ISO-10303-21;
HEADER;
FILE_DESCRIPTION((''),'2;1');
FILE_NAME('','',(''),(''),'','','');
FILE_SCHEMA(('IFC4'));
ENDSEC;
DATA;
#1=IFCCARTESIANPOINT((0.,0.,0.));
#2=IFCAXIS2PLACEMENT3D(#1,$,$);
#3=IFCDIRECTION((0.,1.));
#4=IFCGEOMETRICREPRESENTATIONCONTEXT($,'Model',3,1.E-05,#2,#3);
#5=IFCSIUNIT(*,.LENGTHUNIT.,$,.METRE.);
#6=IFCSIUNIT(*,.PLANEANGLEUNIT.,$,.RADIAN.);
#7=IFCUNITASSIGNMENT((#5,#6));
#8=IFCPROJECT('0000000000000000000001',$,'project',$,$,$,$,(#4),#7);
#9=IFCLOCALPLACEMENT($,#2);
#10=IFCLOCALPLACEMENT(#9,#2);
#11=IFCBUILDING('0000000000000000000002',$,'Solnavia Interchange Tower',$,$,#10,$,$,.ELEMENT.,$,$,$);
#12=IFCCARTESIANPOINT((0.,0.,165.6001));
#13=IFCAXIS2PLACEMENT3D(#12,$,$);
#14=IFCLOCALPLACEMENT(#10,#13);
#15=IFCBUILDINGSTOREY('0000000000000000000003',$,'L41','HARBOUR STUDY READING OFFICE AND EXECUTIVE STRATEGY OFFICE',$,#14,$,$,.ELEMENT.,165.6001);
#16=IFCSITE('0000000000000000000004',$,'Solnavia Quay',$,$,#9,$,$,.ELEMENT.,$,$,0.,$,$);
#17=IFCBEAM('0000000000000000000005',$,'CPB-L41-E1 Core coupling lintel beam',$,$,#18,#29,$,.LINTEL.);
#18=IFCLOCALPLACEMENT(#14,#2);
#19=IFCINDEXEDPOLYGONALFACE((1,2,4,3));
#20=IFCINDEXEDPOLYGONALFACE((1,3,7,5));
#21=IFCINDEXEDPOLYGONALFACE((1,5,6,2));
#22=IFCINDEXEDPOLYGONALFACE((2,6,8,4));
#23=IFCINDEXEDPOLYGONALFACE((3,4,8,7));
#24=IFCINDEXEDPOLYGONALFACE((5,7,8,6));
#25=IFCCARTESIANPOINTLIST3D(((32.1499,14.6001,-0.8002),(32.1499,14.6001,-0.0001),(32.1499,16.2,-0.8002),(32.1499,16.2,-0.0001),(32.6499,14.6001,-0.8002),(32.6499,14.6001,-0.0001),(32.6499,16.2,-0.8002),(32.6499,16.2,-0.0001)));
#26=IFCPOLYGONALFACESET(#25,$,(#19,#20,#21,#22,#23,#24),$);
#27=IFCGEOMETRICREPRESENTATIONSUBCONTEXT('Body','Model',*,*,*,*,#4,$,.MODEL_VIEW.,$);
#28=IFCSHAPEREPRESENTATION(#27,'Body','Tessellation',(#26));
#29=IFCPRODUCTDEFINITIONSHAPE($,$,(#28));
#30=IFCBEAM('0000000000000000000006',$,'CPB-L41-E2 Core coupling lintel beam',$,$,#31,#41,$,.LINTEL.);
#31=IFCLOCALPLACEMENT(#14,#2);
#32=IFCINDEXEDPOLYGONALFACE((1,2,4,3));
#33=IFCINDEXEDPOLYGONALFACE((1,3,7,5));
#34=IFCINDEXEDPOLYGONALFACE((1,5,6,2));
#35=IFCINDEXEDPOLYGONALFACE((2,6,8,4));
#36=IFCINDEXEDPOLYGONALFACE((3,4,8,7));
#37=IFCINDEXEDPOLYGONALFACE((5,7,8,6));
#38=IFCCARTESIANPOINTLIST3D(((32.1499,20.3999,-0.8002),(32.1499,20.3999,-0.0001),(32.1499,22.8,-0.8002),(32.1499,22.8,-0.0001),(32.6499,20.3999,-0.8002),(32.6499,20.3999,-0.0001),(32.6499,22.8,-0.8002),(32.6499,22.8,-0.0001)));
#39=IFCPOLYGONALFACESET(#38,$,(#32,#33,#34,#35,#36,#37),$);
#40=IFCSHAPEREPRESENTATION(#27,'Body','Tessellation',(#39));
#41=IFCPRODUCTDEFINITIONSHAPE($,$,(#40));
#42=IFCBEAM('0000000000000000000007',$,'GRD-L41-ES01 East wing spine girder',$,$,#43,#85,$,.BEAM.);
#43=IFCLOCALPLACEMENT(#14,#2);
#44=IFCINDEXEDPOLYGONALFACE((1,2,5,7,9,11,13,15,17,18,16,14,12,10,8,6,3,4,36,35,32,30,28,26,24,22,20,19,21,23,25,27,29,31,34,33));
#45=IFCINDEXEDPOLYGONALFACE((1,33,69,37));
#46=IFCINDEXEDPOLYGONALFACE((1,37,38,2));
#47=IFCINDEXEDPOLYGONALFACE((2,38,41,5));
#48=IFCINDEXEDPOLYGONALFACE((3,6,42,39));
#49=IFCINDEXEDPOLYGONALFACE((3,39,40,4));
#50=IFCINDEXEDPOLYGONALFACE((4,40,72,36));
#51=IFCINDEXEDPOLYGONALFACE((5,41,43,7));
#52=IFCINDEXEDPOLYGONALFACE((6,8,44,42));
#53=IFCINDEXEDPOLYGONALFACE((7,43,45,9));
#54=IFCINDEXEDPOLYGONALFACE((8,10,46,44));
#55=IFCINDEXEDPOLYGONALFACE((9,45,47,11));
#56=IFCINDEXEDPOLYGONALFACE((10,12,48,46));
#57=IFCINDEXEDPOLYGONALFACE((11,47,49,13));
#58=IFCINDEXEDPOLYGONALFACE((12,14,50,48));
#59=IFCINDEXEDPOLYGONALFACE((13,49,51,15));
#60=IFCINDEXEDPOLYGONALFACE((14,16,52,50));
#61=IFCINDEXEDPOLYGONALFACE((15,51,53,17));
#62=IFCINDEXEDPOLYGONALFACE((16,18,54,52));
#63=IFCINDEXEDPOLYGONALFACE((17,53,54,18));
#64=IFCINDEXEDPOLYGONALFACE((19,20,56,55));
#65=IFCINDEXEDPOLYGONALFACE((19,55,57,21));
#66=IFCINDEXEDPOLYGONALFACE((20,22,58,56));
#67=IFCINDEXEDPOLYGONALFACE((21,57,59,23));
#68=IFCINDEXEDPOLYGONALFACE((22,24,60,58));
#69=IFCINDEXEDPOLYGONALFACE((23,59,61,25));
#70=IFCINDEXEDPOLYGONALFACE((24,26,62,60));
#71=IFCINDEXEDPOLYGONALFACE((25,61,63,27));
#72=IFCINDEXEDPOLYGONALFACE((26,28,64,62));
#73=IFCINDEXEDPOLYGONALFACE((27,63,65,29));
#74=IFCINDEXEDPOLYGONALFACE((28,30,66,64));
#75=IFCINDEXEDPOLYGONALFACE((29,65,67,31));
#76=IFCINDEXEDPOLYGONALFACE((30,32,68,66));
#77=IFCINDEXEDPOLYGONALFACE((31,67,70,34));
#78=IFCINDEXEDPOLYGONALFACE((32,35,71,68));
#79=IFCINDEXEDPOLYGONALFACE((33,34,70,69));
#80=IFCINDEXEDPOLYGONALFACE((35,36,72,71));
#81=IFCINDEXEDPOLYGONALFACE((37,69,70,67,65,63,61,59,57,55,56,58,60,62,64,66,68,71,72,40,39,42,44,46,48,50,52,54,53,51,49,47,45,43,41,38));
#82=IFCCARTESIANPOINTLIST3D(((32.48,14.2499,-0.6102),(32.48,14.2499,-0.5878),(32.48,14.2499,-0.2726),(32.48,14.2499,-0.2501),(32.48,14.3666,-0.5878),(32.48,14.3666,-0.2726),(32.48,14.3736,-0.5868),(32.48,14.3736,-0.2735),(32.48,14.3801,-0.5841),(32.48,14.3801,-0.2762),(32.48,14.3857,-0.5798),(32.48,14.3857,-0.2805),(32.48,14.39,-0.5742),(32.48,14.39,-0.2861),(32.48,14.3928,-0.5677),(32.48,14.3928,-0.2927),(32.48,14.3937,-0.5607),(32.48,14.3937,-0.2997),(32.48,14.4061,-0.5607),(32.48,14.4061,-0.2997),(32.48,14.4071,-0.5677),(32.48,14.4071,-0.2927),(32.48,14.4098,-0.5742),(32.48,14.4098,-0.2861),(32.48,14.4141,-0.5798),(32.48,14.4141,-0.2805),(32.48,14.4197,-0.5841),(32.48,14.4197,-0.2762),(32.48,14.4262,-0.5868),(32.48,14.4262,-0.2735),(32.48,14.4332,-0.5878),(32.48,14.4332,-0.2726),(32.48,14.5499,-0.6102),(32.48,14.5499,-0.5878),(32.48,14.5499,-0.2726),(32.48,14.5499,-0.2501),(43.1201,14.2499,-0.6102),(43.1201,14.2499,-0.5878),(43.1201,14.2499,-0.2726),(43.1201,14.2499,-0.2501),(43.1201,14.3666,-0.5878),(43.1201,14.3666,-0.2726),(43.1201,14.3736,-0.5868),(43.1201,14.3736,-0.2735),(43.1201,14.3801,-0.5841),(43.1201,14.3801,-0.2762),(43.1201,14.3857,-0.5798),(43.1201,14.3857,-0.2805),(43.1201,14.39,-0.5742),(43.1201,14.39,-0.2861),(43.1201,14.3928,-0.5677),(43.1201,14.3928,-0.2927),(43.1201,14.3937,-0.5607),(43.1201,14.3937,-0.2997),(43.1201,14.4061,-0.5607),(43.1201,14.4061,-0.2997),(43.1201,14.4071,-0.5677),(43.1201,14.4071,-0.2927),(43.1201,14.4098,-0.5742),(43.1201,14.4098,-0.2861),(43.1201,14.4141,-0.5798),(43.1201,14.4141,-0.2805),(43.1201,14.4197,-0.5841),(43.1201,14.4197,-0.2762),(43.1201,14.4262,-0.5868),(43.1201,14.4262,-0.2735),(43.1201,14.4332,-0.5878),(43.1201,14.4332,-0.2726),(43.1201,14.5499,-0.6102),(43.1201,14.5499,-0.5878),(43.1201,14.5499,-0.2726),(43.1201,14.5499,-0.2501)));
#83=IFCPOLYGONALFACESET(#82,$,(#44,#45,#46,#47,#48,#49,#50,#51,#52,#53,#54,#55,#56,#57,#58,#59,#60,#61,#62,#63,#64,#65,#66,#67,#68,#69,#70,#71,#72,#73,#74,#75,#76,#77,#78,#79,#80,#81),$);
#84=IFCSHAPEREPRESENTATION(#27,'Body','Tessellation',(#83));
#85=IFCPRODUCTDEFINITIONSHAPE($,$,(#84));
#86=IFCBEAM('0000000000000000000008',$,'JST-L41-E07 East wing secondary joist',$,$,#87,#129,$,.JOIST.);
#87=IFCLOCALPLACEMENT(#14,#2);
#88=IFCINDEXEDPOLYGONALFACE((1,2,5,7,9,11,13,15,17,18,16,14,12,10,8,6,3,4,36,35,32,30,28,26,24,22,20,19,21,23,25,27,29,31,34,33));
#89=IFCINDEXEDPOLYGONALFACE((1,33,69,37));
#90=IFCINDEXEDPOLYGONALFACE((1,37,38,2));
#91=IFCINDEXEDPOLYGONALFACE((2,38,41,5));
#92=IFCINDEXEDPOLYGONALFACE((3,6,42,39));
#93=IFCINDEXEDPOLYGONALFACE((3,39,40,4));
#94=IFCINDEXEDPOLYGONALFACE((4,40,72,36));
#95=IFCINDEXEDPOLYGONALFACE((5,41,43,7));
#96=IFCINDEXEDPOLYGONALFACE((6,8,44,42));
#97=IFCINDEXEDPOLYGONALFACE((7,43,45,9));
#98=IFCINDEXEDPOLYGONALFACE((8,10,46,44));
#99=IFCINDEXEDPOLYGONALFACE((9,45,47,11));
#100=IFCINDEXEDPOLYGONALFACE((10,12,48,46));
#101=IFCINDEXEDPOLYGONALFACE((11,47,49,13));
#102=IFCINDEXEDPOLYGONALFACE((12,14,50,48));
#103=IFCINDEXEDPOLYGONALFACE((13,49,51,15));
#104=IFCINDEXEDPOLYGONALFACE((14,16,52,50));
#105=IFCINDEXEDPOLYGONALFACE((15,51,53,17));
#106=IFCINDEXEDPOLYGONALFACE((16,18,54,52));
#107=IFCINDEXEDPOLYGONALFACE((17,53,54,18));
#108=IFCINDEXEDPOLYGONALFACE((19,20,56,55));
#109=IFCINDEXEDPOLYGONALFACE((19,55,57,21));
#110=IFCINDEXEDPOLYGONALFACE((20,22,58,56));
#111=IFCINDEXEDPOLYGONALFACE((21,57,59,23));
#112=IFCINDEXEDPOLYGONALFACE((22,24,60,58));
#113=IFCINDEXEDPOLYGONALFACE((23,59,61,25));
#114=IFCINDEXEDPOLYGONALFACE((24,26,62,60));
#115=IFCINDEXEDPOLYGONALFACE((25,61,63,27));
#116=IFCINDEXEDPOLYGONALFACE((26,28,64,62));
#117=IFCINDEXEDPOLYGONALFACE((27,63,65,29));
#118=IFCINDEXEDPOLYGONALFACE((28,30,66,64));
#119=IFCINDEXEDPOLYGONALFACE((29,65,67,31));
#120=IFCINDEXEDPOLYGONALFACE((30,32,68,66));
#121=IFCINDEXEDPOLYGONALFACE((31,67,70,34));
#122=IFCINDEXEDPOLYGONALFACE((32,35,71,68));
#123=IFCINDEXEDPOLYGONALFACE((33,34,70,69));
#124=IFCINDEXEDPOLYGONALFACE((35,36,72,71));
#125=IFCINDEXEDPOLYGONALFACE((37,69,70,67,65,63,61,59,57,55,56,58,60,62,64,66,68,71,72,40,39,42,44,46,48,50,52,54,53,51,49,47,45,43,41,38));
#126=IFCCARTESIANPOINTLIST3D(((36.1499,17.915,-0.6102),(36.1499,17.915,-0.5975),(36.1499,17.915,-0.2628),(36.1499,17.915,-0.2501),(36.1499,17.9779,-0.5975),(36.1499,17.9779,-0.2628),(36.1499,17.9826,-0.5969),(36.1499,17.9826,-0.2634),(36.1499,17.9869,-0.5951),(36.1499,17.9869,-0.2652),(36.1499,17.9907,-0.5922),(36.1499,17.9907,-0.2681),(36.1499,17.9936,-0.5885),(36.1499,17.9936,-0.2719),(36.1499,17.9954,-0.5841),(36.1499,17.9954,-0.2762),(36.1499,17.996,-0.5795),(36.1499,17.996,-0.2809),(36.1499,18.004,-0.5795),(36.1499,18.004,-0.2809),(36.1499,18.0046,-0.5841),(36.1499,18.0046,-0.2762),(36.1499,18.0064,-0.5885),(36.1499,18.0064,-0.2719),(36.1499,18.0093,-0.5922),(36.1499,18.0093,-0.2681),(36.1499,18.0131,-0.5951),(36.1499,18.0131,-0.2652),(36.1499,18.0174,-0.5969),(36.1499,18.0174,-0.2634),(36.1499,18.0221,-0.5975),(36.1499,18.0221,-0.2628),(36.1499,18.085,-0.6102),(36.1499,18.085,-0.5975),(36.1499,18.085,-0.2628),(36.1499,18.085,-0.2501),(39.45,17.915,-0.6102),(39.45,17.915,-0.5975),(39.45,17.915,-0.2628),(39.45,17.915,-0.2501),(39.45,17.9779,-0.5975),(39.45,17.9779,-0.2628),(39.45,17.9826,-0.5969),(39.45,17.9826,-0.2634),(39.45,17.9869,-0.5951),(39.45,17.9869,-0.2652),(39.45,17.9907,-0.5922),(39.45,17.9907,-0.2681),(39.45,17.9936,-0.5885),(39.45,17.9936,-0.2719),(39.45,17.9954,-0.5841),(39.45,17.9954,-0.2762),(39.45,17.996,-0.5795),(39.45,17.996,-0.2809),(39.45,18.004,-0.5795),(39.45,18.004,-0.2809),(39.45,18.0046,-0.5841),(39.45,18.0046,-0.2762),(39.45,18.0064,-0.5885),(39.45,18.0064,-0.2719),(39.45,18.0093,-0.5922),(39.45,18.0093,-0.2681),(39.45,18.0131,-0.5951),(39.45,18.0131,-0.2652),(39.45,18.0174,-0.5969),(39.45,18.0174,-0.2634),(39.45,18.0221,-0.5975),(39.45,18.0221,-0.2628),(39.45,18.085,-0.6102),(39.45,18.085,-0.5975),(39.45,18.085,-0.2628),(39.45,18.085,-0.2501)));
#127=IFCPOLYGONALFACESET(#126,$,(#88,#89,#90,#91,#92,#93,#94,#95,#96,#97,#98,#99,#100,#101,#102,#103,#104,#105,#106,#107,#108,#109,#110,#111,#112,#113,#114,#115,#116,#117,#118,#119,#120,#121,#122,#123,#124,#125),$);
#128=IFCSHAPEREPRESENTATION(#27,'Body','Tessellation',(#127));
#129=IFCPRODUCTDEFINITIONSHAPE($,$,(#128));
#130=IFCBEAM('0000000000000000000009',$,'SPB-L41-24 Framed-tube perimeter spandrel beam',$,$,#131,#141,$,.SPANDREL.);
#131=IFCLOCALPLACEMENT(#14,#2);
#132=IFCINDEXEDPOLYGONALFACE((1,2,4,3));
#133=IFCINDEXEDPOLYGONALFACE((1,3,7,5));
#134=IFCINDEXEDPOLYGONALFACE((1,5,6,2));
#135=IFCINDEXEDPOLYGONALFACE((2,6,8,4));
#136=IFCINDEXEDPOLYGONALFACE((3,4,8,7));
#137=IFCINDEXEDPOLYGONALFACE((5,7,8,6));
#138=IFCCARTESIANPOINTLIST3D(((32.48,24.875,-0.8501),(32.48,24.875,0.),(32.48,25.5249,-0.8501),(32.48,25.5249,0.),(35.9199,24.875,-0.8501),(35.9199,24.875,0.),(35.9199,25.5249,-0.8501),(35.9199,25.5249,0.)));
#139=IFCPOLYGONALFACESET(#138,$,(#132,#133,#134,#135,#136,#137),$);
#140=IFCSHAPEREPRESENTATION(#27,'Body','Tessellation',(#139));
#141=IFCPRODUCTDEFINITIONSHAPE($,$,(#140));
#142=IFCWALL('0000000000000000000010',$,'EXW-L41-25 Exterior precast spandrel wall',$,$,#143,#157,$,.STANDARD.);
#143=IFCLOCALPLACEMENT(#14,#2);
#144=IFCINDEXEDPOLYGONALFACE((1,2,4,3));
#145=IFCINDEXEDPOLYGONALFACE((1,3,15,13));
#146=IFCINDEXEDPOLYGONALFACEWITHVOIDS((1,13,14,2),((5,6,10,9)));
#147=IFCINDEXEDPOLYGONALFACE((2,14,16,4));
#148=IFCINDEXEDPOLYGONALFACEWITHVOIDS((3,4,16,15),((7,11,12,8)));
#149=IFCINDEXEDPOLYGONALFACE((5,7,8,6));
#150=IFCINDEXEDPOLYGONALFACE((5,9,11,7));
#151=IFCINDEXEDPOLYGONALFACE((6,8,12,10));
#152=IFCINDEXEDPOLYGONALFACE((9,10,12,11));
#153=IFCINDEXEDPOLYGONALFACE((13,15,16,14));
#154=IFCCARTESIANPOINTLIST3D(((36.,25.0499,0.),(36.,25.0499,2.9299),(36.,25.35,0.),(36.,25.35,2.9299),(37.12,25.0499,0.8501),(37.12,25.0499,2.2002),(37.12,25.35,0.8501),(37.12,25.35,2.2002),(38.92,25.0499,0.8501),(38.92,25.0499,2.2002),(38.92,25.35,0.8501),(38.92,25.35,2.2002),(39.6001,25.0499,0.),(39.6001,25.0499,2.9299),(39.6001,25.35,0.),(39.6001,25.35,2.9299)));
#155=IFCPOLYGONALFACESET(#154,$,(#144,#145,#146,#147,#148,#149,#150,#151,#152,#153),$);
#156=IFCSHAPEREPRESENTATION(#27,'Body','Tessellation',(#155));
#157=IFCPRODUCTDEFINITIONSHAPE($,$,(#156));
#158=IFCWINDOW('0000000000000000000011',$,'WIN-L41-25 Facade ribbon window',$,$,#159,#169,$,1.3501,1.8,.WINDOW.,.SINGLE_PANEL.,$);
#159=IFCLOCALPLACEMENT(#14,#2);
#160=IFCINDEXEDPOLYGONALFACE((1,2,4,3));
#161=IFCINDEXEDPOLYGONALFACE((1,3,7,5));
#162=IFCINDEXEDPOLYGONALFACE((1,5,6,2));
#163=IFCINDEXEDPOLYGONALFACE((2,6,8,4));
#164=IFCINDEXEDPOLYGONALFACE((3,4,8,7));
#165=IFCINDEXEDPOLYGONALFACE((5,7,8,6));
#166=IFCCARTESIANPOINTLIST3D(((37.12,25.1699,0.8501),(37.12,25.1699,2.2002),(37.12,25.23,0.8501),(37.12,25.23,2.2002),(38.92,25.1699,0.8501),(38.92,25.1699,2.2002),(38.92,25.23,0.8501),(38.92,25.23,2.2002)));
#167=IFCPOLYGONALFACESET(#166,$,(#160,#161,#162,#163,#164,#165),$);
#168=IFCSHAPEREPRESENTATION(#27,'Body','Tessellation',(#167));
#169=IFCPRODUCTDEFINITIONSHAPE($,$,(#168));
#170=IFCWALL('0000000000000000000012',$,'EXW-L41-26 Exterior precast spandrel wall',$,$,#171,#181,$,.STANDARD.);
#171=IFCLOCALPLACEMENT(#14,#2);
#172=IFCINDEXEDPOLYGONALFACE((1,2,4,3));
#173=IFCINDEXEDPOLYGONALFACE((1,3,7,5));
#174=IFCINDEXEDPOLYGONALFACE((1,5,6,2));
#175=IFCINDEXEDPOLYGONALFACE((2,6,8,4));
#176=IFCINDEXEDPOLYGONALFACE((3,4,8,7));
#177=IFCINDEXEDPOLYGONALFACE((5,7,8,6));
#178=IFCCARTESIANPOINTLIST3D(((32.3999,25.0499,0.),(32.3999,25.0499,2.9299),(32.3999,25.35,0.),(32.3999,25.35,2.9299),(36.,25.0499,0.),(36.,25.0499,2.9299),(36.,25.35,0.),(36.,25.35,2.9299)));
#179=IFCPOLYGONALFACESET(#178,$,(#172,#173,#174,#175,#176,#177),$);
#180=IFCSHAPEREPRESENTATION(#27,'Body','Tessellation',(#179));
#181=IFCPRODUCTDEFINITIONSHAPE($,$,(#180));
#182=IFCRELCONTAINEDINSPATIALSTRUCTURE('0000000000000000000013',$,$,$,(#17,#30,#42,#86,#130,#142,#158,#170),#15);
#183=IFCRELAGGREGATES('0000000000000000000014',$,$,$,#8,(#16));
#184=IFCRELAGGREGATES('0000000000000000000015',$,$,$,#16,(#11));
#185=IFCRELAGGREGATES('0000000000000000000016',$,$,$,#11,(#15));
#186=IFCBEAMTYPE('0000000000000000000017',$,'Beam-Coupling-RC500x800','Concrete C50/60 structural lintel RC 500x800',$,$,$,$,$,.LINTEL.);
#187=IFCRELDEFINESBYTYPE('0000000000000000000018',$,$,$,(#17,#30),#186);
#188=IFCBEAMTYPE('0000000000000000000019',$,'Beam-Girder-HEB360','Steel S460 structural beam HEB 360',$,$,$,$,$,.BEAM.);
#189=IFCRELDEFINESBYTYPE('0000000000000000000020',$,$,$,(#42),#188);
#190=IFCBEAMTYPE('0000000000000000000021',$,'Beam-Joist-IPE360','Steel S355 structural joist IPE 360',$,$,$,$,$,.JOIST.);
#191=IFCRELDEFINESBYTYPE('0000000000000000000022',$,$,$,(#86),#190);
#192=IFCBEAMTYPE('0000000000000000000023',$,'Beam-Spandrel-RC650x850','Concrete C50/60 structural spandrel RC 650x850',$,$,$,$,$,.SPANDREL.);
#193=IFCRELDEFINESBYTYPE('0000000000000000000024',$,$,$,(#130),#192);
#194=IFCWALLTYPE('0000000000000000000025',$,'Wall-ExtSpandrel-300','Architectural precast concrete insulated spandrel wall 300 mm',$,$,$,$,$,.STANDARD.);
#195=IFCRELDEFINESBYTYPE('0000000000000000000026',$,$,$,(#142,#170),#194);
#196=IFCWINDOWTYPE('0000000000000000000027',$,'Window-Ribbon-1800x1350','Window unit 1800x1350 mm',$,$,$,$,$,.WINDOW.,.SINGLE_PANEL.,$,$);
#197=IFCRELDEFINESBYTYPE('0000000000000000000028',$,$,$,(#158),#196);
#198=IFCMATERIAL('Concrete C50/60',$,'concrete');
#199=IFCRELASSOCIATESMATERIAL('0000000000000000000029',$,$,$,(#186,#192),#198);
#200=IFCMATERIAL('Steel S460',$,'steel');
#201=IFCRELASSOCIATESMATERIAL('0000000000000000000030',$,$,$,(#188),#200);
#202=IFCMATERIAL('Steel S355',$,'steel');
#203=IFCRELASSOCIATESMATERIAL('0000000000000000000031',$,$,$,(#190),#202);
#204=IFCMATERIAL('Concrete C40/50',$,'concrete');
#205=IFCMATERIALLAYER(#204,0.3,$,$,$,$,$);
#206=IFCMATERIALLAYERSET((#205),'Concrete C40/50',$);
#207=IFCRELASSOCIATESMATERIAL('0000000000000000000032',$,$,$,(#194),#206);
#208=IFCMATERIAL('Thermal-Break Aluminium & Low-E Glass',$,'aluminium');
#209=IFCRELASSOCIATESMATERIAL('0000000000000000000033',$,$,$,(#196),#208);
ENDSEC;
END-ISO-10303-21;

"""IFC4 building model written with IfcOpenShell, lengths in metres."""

from ifc_helpers import new_model, si_unit, direction, frame, frame_2d, origin, origin_2d, place, context, subcontext, project, spatial, rectangle, i_section, extrude, material, layer, layer_set, material_profile, profile_set, type_object, element, fill, save


model = new_model("IFC4")

# Units and contexts
model_context = context("Model", 3, precision=1e-05, world=origin(), true_north=direction((0.0, 1.0)))
body_context = subcontext(model_context, "Body", "Model", "MODEL_VIEW")
ifc_project = project(units=[si_unit("LENGTHUNIT", "METRE"), si_unit("PLANEANGLEUNIT", "RADIAN")], contexts=[model_context])

# Site, building, storey
site_placement = place(None, origin())
site = spatial("IfcSite", under=ifc_project, at=site_placement, Name="Solnavia Quay", CompositionType="ELEMENT", RefElevation=0.0)
building_placement = place(site_placement, origin())
building = spatial("IfcBuilding", under=site, at=building_placement, Name="Solnavia Interchange Tower", CompositionType="ELEMENT")
storey_placement = place(building_placement, frame((0.0, 0.0, 165.6001)))
storey = spatial("IfcBuildingStorey", under=building, at=storey_placement, Name="L41", Description="HARBOUR STUDY READING OFFICE AND EXECUTIVE STRATEGY OFFICE", CompositionType="ELEMENT", Elevation=165.6001)

# Shared definitions
ifc_material_1 = material(Name="Concrete C50/60", Category="concrete")
ifc_material_2 = material(Name="Steel S355", Category="steel")

# Beams
ifc_material_profile_1 = material_profile(ifc_material_1, rectangle(XDim=0.5, YDim=0.8, at=origin_2d()), Name="RC 500x800")
ifc_profile_set_1 = profile_set([ifc_material_profile_1], Name="Concrete C50/60")
beam_type_1 = type_object("IfcBeamType", Name="Beam-Coupling-RC500x800", Description="Concrete C50/60 structural lintel RC 500x800", PredefinedType="LINTEL", material=ifc_profile_set_1)
beam_1_placement = place(storey_placement, frame((32.3999, 14.6001, -0.4001), z_axis=(0.0, 1.0, 0.0), x_axis=(-1.0, 0.0, 0.0)))
element("IfcBeam", 1, at=beam_1_placement, inside=storey, type_object=beam_type_1, Name="CPB-L41-E1 Core coupling lintel beam", PredefinedType="LINTEL", context=body_context, shape_type="SweptSolid", body=[
    extrude(rectangle(XDim=0.5, YDim=0.8, at=origin_2d()), origin(), (0.0, 0.0, 1.0), 1.5999),
])
beam_2_placement = place(storey_placement, frame((32.3999, 20.3999, -0.4001), z_axis=(0.0, 1.0, 0.0), x_axis=(-1.0, 0.0, 0.0)))
element("IfcBeam", 2, at=beam_2_placement, inside=storey, type_object=beam_type_1, Name="CPB-L41-E2 Core coupling lintel beam", PredefinedType="LINTEL", context=body_context, shape_type="SweptSolid", body=[
    extrude(rectangle(XDim=0.5, YDim=0.8, at=origin_2d()), origin(), (0.0, 0.0, 1.0), 2.4001),
])
ifc_material_3 = material(Name="Steel S460", Category="steel")
ifc_material_profile_2 = material_profile(ifc_material_3, i_section(OverallWidth=0.3, OverallDepth=0.3601, WebThickness=0.0125, FlangeThickness=0.0225, FilletRadius=0.0271, at=origin_2d()), Name="HEB 360")
ifc_profile_set_2 = profile_set([ifc_material_profile_2], Name="Steel S460")
beam_type_2 = type_object("IfcBeamType", Name="Beam-Girder-HEB360", Description="Steel S460 structural beam HEB 360", PredefinedType="BEAM", material=ifc_profile_set_2)
beam_3_placement = place(storey_placement, frame((32.48, 14.3999, -0.4302), z_axis=(1.0, 0.0, 0.0), x_axis=(0.0, 1.0, 0.0)))
element("IfcBeam", 3, at=beam_3_placement, inside=storey, type_object=beam_type_2, Name="GRD-L41-ES01 East wing spine girder", PredefinedType="BEAM", context=body_context, shape_type="SweptSolid", body=[
    extrude(i_section(OverallWidth=0.3, OverallDepth=0.3601, WebThickness=0.0125, FlangeThickness=0.0225, FilletRadius=0.0271, at=origin_2d()), origin(), (0.0, 0.0, 1.0), 10.6401),
])
ifc_material_profile_3 = material_profile(ifc_material_2, i_section(OverallWidth=0.1699, OverallDepth=0.3601, WebThickness=0.0081, FlangeThickness=0.0127, FilletRadius=0.0181, at=origin_2d()), Name="IPE 360")
ifc_profile_set_3 = profile_set([ifc_material_profile_3], Name="Steel S355")
beam_type_3 = type_object("IfcBeamType", Name="Beam-Joist-IPE360", Description="Steel S355 structural joist IPE 360", PredefinedType="JOIST", material=ifc_profile_set_3)
beam_4_placement = place(storey_placement, frame((36.1499, 18.0, -0.4302), z_axis=(1.0, 0.0, 0.0), x_axis=(0.0, 1.0, 0.0)))
element("IfcBeam", 4, at=beam_4_placement, inside=storey, type_object=beam_type_3, Name="JST-L41-E07 East wing secondary joist", PredefinedType="JOIST", context=body_context, shape_type="SweptSolid", body=[
    extrude(i_section(OverallWidth=0.1699, OverallDepth=0.3601, WebThickness=0.0081, FlangeThickness=0.0127, FilletRadius=0.0181, at=origin_2d()), origin(), (0.0, 0.0, 1.0), 3.3),
])
ifc_material_profile_4 = material_profile(ifc_material_1, rectangle(XDim=0.6499, YDim=0.8501, at=origin_2d()), Name="RC 650x850")
ifc_profile_set_4 = profile_set([ifc_material_profile_4], Name="Concrete C50/60")
beam_type_4 = type_object("IfcBeamType", Name="Beam-Spandrel-RC650x850", Description="Concrete C50/60 structural spandrel RC 650x850", PredefinedType="SPANDREL", material=ifc_profile_set_4)
beam_5_placement = place(storey_placement, frame((35.9199, 25.2, -0.425), z_axis=(-1.0, 0.0, 0.0), x_axis=(0.0, -1.0, 0.0)))
element("IfcBeam", 5, at=beam_5_placement, inside=storey, type_object=beam_type_4, Name="SPB-L41-24 Framed-tube perimeter spandrel beam", PredefinedType="SPANDREL", context=body_context, shape_type="SweptSolid", body=[
    extrude(rectangle(XDim=0.6499, YDim=0.8501, at=origin_2d()), origin(), (0.0, 0.0, 1.0), 3.4399),
])

# Wall, opening, window
ifc_material_4 = material(Name="Concrete C40/50", Category="concrete")
ifc_layer_1 = layer(ifc_material_4, 0.3)
ifc_layer_set_1 = layer_set([ifc_layer_1], Name="Concrete C40/50")
wall_type_1 = type_object("IfcWallType", Name="Wall-ExtSpandrel-300", Description="Architectural precast concrete insulated spandrel wall 300 mm", PredefinedType="STANDARD", material=ifc_layer_set_1)
wall_1_placement = place(storey_placement, frame((36.0, 25.2, 0.0), z_axis=(0.0, 0.0, 1.0), x_axis=(1.0, 0.0, 0.0)))
wall_1 = element("IfcWall", 6, at=wall_1_placement, inside=storey, type_object=wall_type_1, Name="EXW-L41-25 Exterior precast spandrel wall", PredefinedType="STANDARD", context=body_context, shape_type="SweptSolid", body=[
    extrude(rectangle(XDim=3.6001, YDim=0.3, at=frame_2d((1.8, 0.0))), origin(), (0.0, 0.0, 1.0), 2.9299),
])
opening_1_placement = place(wall_1_placement, frame((1.1201, 0.0, 0.8501)))
opening_1 = element("IfcOpeningElement", 7, at=opening_1_placement, cuts=wall_1, PredefinedType="OPENING", context=body_context, shape_type="SweptSolid", body=[
    extrude(rectangle(XDim=1.8, YDim=1.3501, at=frame_2d((0.8999, 0.675))), frame((0.0, 0.1602, 0.0), z_axis=(0.0, -1.0, 0.0), x_axis=(1.0, 0.0, 0.0)), (0.0, 0.0, 1.0), 0.3201),
])
ifc_material_5 = material(Name="Thermal-Break Aluminium & Low-E Glass", Category="aluminium")
window_type = type_object("IfcWindowType", Name="Window-Ribbon-1800x1350", Description="Window unit 1800x1350 mm", PartitioningType="SINGLE_PANEL", PredefinedType="WINDOW", material=ifc_material_5)
window_1_placement = place(opening_1_placement, origin())
window_1 = element("IfcWindow", 8, at=window_1_placement, inside=storey, type_object=window_type, Name="WIN-L41-25 Facade ribbon window", OverallHeight=1.3501, OverallWidth=1.8, PartitioningType="SINGLE_PANEL", PredefinedType="WINDOW", context=body_context, shape_type="SweptSolid", body=[
    extrude(rectangle(XDim=1.8, YDim=1.3501, at=frame_2d((0.8999, 0.675))), frame((0.0, 0.03, 0.0), z_axis=(0.0, -1.0, 0.0), x_axis=(1.0, 0.0, 0.0)), (0.0, 0.0, 1.0), 0.0601),
])
fill(opening_1, window_1)

# Wall
wall_2_placement = place(storey_placement, frame((32.3999, 25.2, 0.0), z_axis=(0.0, 0.0, 1.0), x_axis=(1.0, 0.0, 0.0)))
element("IfcWall", 9, at=wall_2_placement, inside=storey, type_object=wall_type_1, Name="EXW-L41-26 Exterior precast spandrel wall", PredefinedType="STANDARD", context=body_context, shape_type="SweptSolid", body=[
    extrude(rectangle(XDim=3.6001, YDim=0.3, at=frame_2d((1.8, 0.0))), origin(), (0.0, 0.0, 1.0), 2.9299),
])

save(model, "model.ifc")
